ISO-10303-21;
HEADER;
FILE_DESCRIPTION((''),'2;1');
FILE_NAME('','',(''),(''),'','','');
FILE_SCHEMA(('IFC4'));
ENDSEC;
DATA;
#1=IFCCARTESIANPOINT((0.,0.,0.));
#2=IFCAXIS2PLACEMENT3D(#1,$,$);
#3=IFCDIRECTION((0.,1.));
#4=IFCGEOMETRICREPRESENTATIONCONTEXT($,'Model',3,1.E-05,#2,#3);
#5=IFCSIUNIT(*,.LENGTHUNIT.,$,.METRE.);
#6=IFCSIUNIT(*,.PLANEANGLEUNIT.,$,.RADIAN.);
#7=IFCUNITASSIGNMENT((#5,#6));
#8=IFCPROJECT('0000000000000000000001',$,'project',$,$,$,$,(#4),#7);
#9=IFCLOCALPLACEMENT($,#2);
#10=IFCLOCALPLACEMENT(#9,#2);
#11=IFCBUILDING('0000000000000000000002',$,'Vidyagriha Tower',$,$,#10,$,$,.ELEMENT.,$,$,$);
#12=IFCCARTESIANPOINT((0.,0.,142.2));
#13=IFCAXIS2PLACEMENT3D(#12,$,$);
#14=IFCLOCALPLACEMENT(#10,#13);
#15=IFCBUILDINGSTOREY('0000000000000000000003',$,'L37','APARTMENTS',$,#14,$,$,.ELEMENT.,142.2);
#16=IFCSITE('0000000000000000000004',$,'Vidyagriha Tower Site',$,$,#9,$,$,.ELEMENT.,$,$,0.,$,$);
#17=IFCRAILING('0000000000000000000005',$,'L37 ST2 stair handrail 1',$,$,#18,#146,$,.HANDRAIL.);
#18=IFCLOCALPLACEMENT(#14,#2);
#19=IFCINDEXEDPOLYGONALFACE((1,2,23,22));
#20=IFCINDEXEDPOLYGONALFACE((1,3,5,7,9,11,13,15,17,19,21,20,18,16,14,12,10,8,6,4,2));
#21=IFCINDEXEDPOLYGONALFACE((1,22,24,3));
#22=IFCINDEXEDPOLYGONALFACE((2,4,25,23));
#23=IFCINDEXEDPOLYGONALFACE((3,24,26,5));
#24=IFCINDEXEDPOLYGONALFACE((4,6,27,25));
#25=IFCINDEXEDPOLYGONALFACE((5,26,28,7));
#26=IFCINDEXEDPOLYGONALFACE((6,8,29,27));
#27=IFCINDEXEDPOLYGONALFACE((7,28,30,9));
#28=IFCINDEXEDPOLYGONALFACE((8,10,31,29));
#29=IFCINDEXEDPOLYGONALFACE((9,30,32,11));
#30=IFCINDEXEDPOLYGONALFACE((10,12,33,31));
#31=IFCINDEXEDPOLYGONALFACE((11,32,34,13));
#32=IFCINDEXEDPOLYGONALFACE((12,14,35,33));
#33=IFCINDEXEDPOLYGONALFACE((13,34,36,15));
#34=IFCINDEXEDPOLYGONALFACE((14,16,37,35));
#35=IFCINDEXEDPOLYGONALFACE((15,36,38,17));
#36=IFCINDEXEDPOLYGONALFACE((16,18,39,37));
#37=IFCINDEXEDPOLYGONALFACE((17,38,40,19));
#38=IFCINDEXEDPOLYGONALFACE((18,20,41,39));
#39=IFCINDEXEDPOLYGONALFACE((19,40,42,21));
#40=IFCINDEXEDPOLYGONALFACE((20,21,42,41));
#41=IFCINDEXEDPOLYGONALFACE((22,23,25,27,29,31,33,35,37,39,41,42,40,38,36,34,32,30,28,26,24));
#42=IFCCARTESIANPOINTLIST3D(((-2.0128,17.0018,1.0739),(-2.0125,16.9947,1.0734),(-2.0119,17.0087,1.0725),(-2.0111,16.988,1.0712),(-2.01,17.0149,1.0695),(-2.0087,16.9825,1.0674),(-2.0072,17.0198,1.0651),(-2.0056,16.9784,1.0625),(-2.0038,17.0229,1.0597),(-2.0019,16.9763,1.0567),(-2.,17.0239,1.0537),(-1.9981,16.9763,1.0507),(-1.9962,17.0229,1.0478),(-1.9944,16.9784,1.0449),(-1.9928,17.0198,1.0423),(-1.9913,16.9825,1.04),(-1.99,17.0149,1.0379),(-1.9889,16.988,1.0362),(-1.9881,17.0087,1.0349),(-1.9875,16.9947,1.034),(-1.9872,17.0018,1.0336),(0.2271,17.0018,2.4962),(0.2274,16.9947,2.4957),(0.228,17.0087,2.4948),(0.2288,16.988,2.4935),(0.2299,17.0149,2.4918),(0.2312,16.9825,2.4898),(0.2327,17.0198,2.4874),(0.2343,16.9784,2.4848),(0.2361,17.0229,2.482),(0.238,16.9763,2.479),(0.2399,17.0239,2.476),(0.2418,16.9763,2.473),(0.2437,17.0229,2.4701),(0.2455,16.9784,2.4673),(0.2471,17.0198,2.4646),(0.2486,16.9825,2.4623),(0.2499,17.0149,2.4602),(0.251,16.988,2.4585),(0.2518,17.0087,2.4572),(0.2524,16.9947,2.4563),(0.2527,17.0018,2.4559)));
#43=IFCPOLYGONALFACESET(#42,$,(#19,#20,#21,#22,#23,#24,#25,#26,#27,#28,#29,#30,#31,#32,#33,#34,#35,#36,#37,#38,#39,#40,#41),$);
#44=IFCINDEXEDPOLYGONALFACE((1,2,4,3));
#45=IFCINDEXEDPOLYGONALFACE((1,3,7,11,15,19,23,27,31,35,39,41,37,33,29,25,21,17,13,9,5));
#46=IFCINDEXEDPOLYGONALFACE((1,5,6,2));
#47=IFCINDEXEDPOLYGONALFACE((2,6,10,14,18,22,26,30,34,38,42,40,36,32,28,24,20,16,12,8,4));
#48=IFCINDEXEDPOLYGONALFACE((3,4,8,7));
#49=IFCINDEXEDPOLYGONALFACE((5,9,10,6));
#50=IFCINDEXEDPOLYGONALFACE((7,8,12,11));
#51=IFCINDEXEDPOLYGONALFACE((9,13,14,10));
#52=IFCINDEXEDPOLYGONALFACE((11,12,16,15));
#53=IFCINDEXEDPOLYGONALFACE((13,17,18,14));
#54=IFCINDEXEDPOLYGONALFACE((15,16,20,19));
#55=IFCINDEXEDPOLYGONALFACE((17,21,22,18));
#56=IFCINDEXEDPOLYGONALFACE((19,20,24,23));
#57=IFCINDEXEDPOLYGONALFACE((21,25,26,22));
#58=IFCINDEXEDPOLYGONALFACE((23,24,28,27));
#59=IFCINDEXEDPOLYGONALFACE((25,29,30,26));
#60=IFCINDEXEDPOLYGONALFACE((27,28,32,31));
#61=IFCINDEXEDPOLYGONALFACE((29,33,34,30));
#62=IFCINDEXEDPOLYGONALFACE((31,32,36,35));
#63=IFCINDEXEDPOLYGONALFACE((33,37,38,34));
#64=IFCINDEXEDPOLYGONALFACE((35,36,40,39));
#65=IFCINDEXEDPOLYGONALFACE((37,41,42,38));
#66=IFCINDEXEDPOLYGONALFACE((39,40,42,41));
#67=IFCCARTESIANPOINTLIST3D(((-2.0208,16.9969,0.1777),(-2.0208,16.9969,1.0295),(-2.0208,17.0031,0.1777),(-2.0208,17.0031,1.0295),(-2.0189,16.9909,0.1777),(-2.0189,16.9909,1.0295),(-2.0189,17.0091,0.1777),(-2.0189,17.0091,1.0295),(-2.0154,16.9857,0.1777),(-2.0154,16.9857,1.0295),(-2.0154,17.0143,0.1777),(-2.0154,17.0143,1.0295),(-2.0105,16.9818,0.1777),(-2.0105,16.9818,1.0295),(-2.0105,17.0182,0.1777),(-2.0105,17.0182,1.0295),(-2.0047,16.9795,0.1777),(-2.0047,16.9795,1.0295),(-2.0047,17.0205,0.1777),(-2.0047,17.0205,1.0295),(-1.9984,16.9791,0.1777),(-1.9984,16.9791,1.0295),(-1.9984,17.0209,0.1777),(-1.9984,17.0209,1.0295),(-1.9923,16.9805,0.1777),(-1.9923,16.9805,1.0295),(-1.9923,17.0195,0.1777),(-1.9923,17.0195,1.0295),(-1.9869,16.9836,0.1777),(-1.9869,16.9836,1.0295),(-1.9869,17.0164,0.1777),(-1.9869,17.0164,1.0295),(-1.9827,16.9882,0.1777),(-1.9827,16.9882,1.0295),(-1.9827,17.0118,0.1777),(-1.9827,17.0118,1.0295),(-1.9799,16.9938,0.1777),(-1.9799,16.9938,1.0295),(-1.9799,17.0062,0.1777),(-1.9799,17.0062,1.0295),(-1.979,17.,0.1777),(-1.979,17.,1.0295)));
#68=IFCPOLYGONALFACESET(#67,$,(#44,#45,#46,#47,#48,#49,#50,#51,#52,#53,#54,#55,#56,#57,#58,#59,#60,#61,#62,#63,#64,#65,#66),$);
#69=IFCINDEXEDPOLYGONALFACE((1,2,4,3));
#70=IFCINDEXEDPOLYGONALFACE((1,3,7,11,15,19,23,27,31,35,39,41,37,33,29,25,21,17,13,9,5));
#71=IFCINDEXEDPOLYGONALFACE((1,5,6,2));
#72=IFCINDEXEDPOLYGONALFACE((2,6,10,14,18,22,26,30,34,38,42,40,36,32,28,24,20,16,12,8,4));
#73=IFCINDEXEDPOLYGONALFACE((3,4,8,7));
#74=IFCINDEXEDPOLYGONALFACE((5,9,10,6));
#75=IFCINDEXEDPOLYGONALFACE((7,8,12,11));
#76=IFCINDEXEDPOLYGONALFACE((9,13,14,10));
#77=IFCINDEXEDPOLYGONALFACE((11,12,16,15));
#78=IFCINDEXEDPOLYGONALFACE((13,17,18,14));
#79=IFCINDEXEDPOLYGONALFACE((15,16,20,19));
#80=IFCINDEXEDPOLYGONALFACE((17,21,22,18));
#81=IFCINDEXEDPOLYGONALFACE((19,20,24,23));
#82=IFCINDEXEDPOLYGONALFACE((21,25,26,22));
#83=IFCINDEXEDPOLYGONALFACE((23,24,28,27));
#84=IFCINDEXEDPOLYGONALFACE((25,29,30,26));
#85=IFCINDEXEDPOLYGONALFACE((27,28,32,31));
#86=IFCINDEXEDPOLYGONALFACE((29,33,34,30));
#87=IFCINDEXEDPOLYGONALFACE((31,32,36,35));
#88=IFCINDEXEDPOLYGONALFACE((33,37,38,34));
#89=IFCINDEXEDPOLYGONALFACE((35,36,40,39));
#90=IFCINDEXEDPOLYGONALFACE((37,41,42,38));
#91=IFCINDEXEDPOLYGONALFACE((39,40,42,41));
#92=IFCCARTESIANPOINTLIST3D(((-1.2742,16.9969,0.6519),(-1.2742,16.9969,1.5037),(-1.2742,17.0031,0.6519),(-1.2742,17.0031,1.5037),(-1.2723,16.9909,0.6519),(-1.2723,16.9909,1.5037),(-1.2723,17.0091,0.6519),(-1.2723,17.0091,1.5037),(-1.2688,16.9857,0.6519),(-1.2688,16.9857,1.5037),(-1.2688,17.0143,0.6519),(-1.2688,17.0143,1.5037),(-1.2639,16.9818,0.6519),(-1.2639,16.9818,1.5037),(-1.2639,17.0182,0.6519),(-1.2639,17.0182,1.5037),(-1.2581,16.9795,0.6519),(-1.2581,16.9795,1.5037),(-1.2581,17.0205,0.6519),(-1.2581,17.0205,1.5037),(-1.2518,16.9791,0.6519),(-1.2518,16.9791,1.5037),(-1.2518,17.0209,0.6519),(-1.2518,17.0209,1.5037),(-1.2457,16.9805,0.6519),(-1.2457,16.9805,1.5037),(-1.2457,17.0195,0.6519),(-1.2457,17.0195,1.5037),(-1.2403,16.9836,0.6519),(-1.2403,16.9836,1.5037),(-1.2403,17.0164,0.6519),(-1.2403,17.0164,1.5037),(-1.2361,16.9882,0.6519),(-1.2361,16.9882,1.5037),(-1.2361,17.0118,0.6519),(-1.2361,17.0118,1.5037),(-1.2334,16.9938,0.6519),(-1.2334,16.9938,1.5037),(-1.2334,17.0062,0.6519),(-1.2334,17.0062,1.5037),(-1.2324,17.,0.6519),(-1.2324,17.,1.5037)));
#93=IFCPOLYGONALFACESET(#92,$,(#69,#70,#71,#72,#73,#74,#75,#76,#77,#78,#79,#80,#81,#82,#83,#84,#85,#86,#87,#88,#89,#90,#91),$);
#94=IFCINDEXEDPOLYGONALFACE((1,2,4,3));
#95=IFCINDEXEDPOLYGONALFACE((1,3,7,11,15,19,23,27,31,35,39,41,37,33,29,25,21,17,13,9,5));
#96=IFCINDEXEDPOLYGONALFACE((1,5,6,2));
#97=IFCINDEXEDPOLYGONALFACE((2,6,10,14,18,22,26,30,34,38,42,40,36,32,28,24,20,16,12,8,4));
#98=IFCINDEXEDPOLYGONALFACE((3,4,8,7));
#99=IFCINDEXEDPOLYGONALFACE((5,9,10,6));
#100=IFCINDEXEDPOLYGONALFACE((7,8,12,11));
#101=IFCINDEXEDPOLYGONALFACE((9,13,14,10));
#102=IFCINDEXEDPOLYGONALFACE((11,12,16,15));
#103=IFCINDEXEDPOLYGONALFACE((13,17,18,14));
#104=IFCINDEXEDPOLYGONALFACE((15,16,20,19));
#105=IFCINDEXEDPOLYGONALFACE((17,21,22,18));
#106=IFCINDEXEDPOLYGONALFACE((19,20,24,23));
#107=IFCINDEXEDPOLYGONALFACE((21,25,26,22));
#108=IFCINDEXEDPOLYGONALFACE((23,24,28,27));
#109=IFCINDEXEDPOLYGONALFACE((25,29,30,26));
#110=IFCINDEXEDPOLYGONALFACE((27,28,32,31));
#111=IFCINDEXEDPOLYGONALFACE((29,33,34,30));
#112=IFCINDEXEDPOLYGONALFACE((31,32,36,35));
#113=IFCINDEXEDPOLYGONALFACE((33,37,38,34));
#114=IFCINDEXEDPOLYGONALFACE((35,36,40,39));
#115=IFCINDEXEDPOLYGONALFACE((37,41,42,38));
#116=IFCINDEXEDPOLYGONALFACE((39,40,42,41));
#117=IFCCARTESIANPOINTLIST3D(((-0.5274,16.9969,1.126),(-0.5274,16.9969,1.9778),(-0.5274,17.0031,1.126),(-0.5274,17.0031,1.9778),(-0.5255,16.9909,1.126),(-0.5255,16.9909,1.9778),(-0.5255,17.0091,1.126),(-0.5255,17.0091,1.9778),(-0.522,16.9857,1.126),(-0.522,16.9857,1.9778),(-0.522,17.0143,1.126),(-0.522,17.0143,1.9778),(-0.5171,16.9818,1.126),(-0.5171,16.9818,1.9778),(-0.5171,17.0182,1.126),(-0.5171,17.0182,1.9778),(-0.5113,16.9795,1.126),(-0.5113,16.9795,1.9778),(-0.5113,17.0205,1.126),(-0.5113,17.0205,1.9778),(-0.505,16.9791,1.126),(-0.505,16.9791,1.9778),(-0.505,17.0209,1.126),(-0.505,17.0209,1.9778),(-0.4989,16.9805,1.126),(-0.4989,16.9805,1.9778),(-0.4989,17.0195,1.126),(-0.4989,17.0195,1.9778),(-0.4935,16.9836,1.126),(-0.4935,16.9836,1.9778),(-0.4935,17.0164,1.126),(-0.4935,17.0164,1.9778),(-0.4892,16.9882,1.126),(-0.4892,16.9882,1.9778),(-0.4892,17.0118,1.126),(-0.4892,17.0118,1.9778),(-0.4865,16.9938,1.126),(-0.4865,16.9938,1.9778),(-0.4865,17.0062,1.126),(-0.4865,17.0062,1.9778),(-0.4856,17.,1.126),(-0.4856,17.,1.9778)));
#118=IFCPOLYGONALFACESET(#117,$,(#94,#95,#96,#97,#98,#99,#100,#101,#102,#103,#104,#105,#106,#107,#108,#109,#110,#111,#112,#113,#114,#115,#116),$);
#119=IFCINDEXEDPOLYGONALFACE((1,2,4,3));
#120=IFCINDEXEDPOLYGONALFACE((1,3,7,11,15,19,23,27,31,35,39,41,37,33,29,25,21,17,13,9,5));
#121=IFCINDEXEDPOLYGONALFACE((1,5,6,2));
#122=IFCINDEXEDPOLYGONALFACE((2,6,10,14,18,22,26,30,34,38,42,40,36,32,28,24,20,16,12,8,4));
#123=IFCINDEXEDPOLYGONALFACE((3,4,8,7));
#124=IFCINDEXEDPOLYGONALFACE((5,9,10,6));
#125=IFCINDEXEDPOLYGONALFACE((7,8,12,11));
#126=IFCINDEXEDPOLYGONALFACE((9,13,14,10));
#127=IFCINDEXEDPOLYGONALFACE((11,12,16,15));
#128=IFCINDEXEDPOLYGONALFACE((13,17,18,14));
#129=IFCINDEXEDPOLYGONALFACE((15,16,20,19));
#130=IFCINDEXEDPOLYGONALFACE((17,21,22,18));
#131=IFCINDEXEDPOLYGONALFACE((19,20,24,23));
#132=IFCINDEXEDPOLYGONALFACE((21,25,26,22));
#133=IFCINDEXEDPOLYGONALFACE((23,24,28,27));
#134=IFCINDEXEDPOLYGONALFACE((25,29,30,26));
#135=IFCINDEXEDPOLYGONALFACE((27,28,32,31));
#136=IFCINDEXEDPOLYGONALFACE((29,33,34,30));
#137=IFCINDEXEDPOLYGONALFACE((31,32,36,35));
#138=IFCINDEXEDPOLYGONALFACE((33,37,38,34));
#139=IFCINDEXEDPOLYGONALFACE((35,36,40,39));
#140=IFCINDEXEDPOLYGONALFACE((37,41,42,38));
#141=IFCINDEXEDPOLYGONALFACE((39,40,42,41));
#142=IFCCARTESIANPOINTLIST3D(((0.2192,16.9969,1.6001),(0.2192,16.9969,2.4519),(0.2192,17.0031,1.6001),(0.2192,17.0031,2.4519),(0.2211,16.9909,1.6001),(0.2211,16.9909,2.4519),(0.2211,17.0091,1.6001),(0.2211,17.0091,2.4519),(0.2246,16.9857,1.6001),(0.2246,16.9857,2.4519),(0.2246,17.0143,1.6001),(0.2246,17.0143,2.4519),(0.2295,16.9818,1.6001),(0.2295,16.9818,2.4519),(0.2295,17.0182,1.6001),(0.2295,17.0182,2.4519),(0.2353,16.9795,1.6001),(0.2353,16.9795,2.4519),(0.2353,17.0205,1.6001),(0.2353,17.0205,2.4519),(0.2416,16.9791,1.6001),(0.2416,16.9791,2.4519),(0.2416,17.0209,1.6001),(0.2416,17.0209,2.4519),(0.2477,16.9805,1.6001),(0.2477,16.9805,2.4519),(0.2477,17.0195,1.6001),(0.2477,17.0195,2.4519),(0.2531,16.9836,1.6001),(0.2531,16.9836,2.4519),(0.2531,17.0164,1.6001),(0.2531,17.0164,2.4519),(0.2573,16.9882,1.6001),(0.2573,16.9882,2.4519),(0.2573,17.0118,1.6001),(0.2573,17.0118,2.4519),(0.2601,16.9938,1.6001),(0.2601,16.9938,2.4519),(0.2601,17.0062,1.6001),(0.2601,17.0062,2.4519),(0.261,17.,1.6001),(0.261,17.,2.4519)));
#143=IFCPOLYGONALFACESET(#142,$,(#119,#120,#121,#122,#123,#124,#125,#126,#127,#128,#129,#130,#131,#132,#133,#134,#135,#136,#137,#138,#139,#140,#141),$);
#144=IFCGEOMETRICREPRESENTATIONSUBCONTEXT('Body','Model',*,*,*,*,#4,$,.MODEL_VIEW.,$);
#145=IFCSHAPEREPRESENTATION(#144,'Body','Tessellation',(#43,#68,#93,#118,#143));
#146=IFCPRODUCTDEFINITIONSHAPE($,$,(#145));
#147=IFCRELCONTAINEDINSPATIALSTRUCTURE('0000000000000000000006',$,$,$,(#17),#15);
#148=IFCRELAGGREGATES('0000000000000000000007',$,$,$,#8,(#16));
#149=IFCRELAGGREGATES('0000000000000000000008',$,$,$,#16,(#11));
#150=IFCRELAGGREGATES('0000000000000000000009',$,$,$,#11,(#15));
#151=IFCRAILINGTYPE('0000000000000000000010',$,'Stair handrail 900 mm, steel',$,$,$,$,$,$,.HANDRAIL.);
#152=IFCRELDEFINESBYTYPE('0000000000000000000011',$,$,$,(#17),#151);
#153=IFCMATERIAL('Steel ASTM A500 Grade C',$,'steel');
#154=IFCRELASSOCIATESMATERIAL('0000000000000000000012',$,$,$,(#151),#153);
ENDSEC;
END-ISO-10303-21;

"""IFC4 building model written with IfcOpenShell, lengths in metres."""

from ifc_helpers import new_model, si_unit, direction, frame, origin, origin_2d, place, context, subcontext, project, spatial, circle, extrude, material, type_object, element, save


model = new_model("IFC4")

# Units and contexts
model_context = context("Model", 3, precision=1e-05, world=origin(), true_north=direction((0.0, 1.0)))
body_context = subcontext(model_context, "Body", "Model", "MODEL_VIEW")
ifc_project = project(units=[si_unit("LENGTHUNIT", "METRE"), si_unit("PLANEANGLEUNIT", "RADIAN")], contexts=[model_context])

# Site, building, storey
site_placement = place(None, origin())
site = spatial("IfcSite", under=ifc_project, at=site_placement, Name="Vidyagriha Tower Site", CompositionType="ELEMENT", RefElevation=0.0)
building_placement = place(site_placement, origin())
building = spatial("IfcBuilding", under=site, at=building_placement, Name="Vidyagriha Tower", CompositionType="ELEMENT")
storey_placement = place(building_placement, frame((0.0, 0.0, 142.2)))
storey = spatial("IfcBuildingStorey", under=building, at=storey_placement, Name="L37", Description="APARTMENTS", CompositionType="ELEMENT", Elevation=142.2)

# Railing
ifc_material_1 = material(Name="Steel ASTM A500 Grade C", Category="steel")
railing_type_1 = type_object("IfcRailingType", Name="Stair handrail 900 mm, steel", PredefinedType="HANDRAIL", material=ifc_material_1)
railing_1_placement = place(storey_placement, frame((-2.0, 17.0, 0.1777)))
element("IfcRailing", 1, at=railing_1_placement, inside=storey, type_object=railing_type_1, Name="L37 ST2 stair handrail 1", PredefinedType="HANDRAIL", context=body_context, shape_type="SweptSolid", body=[
    extrude(circle(Radius=0.0239, at=origin_2d()), frame((0.0, 0.0, 0.876), z_axis=(0.844188, 0.0, 0.536048), x_axis=(0.0, 1.0, 0.0)), (0.0, 0.0, 1.0), 2.6533),
    extrude(circle(Radius=0.021, at=origin_2d()), origin(), (0.0, 0.0, 1.0), 0.8518),
    extrude(circle(Radius=0.021, at=origin_2d()), frame((0.7466, 0.0, 0.4741)), (0.0, 0.0, 1.0), 0.8518),
    extrude(circle(Radius=0.021, at=origin_2d()), frame((1.4934, 0.0, 0.9482)), (0.0, 0.0, 1.0), 0.8518),
    extrude(circle(Radius=0.021, at=origin_2d()), frame((2.24, 0.0, 1.4224)), (0.0, 0.0, 1.0), 0.8518),
])

save(model, "model.ifc")
